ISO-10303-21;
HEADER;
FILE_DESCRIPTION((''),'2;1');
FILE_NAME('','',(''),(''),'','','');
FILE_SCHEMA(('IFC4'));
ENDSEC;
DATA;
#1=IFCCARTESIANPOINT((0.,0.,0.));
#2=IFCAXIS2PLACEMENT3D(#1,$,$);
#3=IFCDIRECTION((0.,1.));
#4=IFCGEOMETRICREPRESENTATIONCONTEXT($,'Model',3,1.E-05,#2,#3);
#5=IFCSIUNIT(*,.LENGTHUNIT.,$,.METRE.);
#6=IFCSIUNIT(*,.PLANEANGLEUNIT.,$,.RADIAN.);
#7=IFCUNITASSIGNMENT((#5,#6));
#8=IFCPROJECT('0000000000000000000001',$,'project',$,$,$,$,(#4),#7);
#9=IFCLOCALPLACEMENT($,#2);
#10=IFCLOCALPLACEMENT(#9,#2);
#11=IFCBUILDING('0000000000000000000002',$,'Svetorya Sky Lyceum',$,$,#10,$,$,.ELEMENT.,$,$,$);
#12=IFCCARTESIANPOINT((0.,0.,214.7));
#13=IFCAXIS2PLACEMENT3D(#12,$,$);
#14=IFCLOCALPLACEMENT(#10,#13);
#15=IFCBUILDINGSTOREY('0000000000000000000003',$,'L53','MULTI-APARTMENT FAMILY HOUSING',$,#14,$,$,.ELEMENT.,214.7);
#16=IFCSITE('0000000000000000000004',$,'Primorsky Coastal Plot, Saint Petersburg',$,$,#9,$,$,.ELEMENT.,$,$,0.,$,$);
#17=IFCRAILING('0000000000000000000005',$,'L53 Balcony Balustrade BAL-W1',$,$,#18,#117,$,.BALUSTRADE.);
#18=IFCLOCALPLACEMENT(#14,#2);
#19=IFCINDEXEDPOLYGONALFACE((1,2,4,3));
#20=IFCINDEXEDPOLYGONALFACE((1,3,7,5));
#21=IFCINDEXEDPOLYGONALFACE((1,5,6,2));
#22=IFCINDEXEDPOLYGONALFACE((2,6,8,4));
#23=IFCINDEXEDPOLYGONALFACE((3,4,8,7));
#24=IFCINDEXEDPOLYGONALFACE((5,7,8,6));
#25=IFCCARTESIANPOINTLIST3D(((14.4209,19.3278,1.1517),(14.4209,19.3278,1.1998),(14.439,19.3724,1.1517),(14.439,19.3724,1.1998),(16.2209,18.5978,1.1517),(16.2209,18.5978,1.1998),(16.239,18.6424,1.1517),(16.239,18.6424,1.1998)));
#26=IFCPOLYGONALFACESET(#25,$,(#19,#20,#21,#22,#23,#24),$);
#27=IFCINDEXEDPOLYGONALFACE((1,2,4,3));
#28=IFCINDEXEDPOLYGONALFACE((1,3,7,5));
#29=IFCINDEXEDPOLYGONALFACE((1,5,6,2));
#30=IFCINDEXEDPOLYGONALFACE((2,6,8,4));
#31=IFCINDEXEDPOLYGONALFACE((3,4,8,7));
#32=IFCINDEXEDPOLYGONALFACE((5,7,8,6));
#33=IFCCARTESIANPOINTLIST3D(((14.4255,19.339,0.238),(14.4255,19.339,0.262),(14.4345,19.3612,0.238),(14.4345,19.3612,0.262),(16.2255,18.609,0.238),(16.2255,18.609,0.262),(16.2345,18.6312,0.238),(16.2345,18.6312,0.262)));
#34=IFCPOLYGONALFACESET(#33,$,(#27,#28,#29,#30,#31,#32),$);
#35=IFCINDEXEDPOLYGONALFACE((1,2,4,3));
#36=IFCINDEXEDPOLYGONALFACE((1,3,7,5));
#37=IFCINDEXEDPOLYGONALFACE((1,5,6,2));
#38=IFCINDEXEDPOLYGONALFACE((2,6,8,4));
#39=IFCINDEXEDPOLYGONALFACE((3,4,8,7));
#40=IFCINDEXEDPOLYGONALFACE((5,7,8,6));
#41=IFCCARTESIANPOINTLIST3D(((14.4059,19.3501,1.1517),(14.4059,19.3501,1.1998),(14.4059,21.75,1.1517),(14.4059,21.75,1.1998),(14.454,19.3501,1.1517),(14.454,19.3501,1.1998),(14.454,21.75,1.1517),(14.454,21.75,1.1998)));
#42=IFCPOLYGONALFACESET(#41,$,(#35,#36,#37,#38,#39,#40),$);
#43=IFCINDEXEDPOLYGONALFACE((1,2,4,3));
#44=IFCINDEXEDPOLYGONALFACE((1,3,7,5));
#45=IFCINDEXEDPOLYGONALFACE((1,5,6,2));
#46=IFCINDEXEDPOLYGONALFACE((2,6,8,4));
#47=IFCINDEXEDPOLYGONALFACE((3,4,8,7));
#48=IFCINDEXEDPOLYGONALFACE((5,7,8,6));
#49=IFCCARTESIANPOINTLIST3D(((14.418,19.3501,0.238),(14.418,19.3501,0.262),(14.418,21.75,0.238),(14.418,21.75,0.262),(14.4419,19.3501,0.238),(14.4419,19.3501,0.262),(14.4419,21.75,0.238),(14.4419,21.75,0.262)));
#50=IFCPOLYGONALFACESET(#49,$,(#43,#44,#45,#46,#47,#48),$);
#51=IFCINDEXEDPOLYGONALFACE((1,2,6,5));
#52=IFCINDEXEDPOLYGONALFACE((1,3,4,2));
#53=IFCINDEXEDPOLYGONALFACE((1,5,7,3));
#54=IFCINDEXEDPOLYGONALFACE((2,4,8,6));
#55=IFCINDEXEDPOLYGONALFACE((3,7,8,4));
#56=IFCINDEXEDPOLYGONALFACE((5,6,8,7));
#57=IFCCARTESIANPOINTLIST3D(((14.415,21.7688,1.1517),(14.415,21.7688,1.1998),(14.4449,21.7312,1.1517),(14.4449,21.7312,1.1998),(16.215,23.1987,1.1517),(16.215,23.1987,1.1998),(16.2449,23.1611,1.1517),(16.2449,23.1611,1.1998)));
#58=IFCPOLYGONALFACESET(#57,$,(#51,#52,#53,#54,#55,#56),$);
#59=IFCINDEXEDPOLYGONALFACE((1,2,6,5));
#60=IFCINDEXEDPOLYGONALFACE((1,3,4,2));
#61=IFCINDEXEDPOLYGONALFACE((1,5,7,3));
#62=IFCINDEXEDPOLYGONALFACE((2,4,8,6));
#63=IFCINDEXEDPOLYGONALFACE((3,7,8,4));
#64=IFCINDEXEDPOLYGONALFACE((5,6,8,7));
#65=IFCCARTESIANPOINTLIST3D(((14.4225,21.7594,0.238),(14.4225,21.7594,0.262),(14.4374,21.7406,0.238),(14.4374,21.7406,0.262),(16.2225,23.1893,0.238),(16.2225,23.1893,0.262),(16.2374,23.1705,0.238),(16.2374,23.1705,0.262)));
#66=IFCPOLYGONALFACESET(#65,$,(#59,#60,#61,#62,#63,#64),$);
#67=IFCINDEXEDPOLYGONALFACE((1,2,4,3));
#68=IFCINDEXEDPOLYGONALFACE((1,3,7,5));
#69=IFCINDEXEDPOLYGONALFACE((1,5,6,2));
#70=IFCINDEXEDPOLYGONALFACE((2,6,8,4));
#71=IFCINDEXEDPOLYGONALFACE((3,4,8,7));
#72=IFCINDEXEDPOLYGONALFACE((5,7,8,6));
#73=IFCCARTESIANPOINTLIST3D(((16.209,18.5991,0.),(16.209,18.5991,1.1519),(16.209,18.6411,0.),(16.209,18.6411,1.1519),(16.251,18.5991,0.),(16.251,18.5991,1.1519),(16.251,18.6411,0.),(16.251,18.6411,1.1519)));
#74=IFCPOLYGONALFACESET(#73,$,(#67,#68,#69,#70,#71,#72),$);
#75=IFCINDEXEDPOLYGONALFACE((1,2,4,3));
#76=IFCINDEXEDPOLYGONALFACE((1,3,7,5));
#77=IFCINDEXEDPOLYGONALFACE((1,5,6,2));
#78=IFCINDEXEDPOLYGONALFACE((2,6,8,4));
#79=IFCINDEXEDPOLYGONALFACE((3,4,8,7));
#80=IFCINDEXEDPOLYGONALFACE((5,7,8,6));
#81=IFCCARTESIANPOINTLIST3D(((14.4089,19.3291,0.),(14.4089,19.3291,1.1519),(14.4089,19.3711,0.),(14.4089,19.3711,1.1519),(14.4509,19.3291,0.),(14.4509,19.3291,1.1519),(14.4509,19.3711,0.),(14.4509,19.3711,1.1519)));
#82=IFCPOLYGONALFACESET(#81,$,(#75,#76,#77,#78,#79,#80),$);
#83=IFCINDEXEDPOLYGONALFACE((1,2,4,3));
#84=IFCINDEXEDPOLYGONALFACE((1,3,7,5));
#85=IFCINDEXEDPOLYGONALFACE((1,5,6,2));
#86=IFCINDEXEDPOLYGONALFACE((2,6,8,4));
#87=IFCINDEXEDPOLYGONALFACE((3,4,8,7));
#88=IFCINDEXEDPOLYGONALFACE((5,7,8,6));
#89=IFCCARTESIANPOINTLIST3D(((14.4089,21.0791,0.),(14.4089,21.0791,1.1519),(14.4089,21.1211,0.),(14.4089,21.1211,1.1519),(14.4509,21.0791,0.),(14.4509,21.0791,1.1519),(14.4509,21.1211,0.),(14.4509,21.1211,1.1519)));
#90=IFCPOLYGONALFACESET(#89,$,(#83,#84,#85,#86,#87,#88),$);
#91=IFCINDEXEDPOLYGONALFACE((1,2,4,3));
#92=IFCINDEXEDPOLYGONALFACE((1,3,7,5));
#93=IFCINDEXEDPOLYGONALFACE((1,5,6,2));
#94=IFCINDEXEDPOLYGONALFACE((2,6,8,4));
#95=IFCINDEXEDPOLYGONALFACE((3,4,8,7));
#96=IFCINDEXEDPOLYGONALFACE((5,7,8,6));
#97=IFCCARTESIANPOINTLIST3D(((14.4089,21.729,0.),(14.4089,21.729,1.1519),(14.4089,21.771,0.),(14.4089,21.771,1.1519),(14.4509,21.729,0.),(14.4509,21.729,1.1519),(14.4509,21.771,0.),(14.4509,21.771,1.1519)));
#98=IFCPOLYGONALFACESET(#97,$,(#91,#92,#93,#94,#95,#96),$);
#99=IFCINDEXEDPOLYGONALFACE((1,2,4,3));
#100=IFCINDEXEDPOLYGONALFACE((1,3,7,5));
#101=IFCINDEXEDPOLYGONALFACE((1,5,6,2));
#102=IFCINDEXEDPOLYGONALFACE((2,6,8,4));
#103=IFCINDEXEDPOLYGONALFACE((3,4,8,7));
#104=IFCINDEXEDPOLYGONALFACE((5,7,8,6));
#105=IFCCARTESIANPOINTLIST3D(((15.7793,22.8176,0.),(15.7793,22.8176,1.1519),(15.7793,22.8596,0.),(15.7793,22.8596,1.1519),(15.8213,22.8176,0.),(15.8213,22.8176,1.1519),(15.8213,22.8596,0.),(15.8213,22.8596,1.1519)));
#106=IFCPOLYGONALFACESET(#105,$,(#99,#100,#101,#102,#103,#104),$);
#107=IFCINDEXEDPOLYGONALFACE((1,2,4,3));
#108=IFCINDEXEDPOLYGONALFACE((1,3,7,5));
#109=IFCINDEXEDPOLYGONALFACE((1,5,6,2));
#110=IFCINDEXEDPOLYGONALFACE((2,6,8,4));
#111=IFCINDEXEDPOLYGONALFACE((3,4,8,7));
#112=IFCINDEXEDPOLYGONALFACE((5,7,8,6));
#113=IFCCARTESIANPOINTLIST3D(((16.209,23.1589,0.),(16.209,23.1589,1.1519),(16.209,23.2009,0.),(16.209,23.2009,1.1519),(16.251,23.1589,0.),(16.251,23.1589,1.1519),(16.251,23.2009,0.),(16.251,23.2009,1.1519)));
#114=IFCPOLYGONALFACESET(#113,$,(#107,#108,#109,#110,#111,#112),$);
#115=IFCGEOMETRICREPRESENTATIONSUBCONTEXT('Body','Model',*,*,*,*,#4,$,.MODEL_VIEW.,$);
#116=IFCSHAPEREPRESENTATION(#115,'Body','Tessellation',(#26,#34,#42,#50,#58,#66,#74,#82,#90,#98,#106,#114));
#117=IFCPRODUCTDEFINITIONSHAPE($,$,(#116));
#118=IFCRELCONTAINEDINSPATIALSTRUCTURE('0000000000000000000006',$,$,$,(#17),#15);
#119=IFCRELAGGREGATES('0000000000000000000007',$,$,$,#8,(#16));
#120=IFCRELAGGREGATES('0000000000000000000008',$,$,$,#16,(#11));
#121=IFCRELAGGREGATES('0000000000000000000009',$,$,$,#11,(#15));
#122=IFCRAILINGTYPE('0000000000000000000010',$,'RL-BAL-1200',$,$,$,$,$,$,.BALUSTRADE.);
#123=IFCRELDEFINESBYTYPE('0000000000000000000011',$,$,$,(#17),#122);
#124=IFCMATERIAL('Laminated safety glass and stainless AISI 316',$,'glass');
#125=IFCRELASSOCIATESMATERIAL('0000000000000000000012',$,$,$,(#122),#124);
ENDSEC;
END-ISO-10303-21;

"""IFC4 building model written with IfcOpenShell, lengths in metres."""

from ifc_helpers import new_model, si_unit, direction, frame, origin, origin_2d, place, context, subcontext, project, spatial, rectangle, extrude, material, type_object, element, save


model = new_model("IFC4")

# Units and contexts
model_context = context("Model", 3, precision=1e-05, world=origin(), true_north=direction((0.0, 1.0)))
body_context = subcontext(model_context, "Body", "Model", "MODEL_VIEW")
ifc_project = project(units=[si_unit("LENGTHUNIT", "METRE"), si_unit("PLANEANGLEUNIT", "RADIAN")], contexts=[model_context])

# Site, building, storey
site_placement = place(None, origin())
site = spatial("IfcSite", under=ifc_project, at=site_placement, Name="Primorsky Coastal Plot, Saint Petersburg", CompositionType="ELEMENT", RefElevation=0.0)
building_placement = place(site_placement, origin())
building = spatial("IfcBuilding", under=site, at=building_placement, Name="Svetorya Sky Lyceum", CompositionType="ELEMENT")
storey_placement = place(building_placement, frame((0.0, 0.0, 214.7)))
storey = spatial("IfcBuildingStorey", under=building, at=storey_placement, Name="L53", Description="MULTI-APARTMENT FAMILY HOUSING", CompositionType="ELEMENT", Elevation=214.7)

# Railing
ifc_material_1 = material(Name="Laminated safety glass and stainless AISI 316", Category="glass")
railing_type = type_object("IfcRailingType", Name="RL-BAL-1200", PredefinedType="BALUSTRADE", material=ifc_material_1)
railing_placement = place(storey_placement, frame((16.23, 18.6201, 0.0)))
element("IfcRailing", 1, at=railing_placement, inside=storey, type_object=railing_type, Name="L53 Balcony Balustrade BAL-W1", PredefinedType="BALUSTRADE", context=body_context, shape_type="SweptSolid", body=[
    extrude(rectangle(XDim=0.0481, YDim=0.0481, at=origin_2d()), frame((0.0, 0.0, 1.1758), z_axis=(-0.926698, 0.375807, 0.0), x_axis=(-0.375807, -0.926698, 0.0)), (0.0, 0.0, 1.0), 1.9424),
    extrude(rectangle(XDim=0.0239, YDim=0.0239, at=origin_2d()), frame((0.0, 0.0, 0.25), z_axis=(-0.926698, 0.375807, 0.0), x_axis=(-0.375807, -0.926698, 0.0)), (0.0, 0.0, 1.0), 1.9424),
    extrude(rectangle(XDim=0.0481, YDim=0.0481, at=origin_2d()), frame((-1.8, 0.73, 1.1758), z_axis=(0.0, 1.0, 0.0), x_axis=(-1.0, 0.0, 0.0)), (0.0, 0.0, 1.0), 2.3999),
    extrude(rectangle(XDim=0.0239, YDim=0.0239, at=origin_2d()), frame((-1.8, 0.73, 0.25), z_axis=(0.0, 1.0, 0.0), x_axis=(-1.0, 0.0, 0.0)), (0.0, 0.0, 1.0), 2.3999),
    extrude(rectangle(XDim=0.0481, YDim=0.0481, at=origin_2d()), frame((-1.8, 3.1299, 1.1758), z_axis=(0.783009, 0.62201, 0.0), x_axis=(-0.62201, 0.783009, 0.0)), (0.0, 0.0, 1.0), 2.2988),
    extrude(rectangle(XDim=0.0239, YDim=0.0239, at=origin_2d()), frame((-1.8, 3.1299, 0.25), z_axis=(0.783009, 0.62201, 0.0), x_axis=(-0.62201, 0.783009, 0.0)), (0.0, 0.0, 1.0), 2.2988),
    extrude(rectangle(XDim=0.042, YDim=0.042, at=origin_2d()), origin(), (0.0, 0.0, 1.0), 1.1519),
    extrude(rectangle(XDim=0.042, YDim=0.042, at=origin_2d()), frame((-1.8, 0.73, 0.0)), (0.0, 0.0, 1.0), 1.1519),
    extrude(rectangle(XDim=0.042, YDim=0.042, at=origin_2d()), frame((-1.8, 2.48, 0.0)), (0.0, 0.0, 1.0), 1.1519),
    extrude(rectangle(XDim=0.042, YDim=0.042, at=origin_2d()), frame((-1.8, 3.1299, 0.0)), (0.0, 0.0, 1.0), 1.1519),
    extrude(rectangle(XDim=0.042, YDim=0.042, at=origin_2d()), frame((-0.4297, 4.2185, 0.0)), (0.0, 0.0, 1.0), 1.1519),
    extrude(rectangle(XDim=0.042, YDim=0.042, at=origin_2d()), frame((0.0, 4.5598, 0.0)), (0.0, 0.0, 1.0), 1.1519),
])

save(model, "model.ifc")
